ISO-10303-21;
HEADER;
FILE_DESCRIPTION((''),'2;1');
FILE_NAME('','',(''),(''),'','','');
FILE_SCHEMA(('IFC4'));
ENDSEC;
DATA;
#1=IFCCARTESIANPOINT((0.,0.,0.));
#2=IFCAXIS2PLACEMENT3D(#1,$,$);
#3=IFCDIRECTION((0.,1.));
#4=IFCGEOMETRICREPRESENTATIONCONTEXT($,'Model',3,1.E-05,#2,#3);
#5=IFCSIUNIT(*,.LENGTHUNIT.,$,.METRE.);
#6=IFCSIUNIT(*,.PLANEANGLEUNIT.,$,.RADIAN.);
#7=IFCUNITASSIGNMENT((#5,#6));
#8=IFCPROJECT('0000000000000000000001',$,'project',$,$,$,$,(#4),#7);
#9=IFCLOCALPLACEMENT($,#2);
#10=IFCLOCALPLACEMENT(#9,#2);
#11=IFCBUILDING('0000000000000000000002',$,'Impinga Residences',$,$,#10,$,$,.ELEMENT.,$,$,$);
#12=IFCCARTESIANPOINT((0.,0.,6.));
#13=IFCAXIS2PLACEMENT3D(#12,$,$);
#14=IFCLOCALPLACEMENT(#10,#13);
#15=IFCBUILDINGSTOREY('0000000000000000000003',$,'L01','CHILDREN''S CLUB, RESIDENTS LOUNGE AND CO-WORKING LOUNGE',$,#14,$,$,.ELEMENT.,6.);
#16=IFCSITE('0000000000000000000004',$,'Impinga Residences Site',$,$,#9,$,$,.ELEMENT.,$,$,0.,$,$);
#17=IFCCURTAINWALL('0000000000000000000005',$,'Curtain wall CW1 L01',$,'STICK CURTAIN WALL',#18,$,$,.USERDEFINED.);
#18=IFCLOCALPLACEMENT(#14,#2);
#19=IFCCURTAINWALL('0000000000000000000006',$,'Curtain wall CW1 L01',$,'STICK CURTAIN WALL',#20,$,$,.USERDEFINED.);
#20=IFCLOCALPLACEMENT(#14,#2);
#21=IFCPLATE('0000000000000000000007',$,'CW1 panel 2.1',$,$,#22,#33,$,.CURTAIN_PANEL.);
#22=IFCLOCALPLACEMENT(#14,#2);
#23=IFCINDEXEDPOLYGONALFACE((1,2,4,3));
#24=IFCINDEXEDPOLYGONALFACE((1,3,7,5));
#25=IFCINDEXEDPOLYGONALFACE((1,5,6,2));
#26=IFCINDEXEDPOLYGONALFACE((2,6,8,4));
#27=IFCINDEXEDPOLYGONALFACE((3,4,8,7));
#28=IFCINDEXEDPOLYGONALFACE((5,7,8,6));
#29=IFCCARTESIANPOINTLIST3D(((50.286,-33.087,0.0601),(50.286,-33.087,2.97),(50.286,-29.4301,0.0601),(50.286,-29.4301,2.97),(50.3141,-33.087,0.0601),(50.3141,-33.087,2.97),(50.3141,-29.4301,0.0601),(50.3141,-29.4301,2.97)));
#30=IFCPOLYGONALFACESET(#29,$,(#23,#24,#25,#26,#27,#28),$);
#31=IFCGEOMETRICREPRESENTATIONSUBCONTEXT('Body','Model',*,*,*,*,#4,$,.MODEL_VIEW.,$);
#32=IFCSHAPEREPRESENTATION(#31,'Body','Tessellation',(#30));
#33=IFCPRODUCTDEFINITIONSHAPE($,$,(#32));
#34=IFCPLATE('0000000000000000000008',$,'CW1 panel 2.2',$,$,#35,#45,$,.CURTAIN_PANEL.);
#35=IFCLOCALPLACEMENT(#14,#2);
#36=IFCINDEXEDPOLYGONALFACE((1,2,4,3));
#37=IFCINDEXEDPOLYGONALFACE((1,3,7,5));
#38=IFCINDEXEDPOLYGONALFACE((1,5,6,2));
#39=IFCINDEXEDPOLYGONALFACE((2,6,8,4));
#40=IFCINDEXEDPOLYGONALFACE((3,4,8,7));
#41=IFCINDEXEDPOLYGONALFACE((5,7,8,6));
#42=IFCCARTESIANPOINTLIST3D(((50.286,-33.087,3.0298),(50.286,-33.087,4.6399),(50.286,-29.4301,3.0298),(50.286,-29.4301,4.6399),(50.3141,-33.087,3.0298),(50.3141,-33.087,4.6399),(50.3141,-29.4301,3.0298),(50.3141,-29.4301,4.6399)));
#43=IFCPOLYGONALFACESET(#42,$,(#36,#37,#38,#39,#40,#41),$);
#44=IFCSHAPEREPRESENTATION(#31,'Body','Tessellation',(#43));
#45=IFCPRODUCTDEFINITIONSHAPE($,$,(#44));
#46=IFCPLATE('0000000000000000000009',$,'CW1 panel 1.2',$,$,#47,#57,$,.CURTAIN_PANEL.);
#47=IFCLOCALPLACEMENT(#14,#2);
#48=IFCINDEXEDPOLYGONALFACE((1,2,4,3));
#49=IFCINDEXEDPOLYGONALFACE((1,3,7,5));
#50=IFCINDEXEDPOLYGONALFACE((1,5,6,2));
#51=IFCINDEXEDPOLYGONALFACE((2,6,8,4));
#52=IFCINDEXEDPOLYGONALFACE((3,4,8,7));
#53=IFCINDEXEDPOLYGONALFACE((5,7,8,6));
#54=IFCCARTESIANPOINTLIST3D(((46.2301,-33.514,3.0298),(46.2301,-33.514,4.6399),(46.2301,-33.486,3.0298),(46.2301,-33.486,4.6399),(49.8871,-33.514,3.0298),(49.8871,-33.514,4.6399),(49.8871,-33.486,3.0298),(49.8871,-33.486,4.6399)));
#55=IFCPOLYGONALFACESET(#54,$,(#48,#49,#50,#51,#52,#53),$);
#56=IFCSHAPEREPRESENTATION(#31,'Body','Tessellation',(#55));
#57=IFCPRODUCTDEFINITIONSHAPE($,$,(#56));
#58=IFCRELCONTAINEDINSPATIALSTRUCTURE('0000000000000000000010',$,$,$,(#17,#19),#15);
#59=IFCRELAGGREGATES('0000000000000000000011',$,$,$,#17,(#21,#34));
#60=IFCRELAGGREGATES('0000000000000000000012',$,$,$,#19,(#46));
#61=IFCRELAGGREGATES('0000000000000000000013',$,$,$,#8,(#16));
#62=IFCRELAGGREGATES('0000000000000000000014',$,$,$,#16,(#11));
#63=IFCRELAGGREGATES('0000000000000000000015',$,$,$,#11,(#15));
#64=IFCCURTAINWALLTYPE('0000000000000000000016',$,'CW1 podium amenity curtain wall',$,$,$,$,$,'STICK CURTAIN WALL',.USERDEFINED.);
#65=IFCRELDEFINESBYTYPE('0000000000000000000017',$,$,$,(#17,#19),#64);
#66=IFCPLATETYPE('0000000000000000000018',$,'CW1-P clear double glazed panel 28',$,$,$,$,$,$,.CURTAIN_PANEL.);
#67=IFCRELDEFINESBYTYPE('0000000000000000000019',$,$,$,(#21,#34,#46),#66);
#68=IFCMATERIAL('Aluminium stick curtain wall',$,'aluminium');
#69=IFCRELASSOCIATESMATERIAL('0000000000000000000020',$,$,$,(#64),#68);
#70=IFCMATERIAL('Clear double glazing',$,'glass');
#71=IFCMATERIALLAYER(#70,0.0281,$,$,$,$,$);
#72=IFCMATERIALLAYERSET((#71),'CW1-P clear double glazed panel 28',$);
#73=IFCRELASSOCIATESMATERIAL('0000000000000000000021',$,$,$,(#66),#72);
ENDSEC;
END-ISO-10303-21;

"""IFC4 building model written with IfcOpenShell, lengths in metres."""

from ifc_helpers import new_model, si_unit, direction, frame, origin, origin_2d, place, context, subcontext, project, spatial, rectangle, extrude, material, layer, layer_set, type_object, element, aggregate, save


model = new_model("IFC4")

# Units and contexts
model_context = context("Model", 3, precision=1e-05, world=origin(), true_north=direction((0.0, 1.0)))
body_context = subcontext(model_context, "Body", "Model", "MODEL_VIEW")
ifc_project = project(units=[si_unit("LENGTHUNIT", "METRE"), si_unit("PLANEANGLEUNIT", "RADIAN")], contexts=[model_context])

# Site, building, storey
site_placement = place(None, origin())
site = spatial("IfcSite", under=ifc_project, at=site_placement, Name="Impinga Residences Site", CompositionType="ELEMENT", RefElevation=0.0)
building_placement = place(site_placement, origin())
building = spatial("IfcBuilding", under=site, at=building_placement, Name="Impinga Residences", CompositionType="ELEMENT")
storey_placement = place(building_placement, frame((0.0, 0.0, 6.0)))
storey = spatial("IfcBuildingStorey", under=building, at=storey_placement, Name="L01", Description="CHILDREN'S CLUB, RESIDENTS LOUNGE AND CO-WORKING LOUNGE", CompositionType="ELEMENT", Elevation=6.0)

# Curtain wall
ifc_material_1 = material(Name="Aluminium stick curtain wall", Category="aluminium")
curtain_wall_type = type_object("IfcCurtainWallType", Name="CW1 podium amenity curtain wall", ElementType="STICK CURTAIN WALL", PredefinedType="USERDEFINED", material=ifc_material_1)
curtain_wall_1_placement = place(storey_placement, origin())
curtain_wall_1 = element("IfcCurtainWall", 1, at=curtain_wall_1_placement, inside=storey, type_object=curtain_wall_type, Name="Curtain wall CW1 L01", ObjectType="STICK CURTAIN WALL", PredefinedType="USERDEFINED")

# Curtain wall
curtain_wall_2_placement = place(storey_placement, origin())
curtain_wall_2 = element("IfcCurtainWall", 2, at=curtain_wall_2_placement, inside=storey, type_object=curtain_wall_type, Name="Curtain wall CW1 L01", ObjectType="STICK CURTAIN WALL", PredefinedType="USERDEFINED")

# Plates
ifc_material_2 = material(Name="Clear double glazing", Category="glass")
ifc_layer = layer(ifc_material_2, 0.0281)
ifc_layer_set = layer_set([ifc_layer], Name="CW1-P clear double glazed panel 28")
plate_type = type_object("IfcPlateType", Name="CW1-P clear double glazed panel 28", PredefinedType="CURTAIN_PANEL", material=ifc_layer_set)
plate_1_placement = place(storey_placement, frame((50.3, -31.2585, 0.0601), z_axis=(0.0, 0.0, 1.0), x_axis=(0.0, -1.0, 0.0)))
plate_1 = element("IfcPlate", 3, at=plate_1_placement, type_object=plate_type, Name="CW1 panel 2.1", PredefinedType="CURTAIN_PANEL", context=body_context, shape_type="SweptSolid", body=[
    extrude(rectangle(XDim=3.657, YDim=0.0281, at=origin_2d()), origin(), (0.0, 0.0, 1.0), 2.9099),
])
plate_2_placement = place(storey_placement, frame((50.3, -31.2585, 3.0298), z_axis=(0.0, 0.0, 1.0), x_axis=(0.0, -1.0, 0.0)))
plate_2 = element("IfcPlate", 4, at=plate_2_placement, type_object=plate_type, Name="CW1 panel 2.2", PredefinedType="CURTAIN_PANEL", context=body_context, shape_type="SweptSolid", body=[
    extrude(rectangle(XDim=3.657, YDim=0.0281, at=origin_2d()), origin(), (0.0, 0.0, 1.0), 1.6101),
])
aggregate(curtain_wall_1, [plate_1, plate_2])
plate_3_placement = place(storey_placement, frame((48.0586, -33.5, 3.0298), z_axis=(0.0, 0.0, 1.0), x_axis=(-1.0, 0.0, 0.0)))
plate_3 = element("IfcPlate", 5, at=plate_3_placement, type_object=plate_type, Name="CW1 panel 1.2", PredefinedType="CURTAIN_PANEL", context=body_context, shape_type="SweptSolid", body=[
    extrude(rectangle(XDim=3.657, YDim=0.0281, at=origin_2d()), origin(), (0.0, 0.0, 1.0), 1.6101),
])
aggregate(curtain_wall_2, [plate_3])

save(model, "model.ifc")
